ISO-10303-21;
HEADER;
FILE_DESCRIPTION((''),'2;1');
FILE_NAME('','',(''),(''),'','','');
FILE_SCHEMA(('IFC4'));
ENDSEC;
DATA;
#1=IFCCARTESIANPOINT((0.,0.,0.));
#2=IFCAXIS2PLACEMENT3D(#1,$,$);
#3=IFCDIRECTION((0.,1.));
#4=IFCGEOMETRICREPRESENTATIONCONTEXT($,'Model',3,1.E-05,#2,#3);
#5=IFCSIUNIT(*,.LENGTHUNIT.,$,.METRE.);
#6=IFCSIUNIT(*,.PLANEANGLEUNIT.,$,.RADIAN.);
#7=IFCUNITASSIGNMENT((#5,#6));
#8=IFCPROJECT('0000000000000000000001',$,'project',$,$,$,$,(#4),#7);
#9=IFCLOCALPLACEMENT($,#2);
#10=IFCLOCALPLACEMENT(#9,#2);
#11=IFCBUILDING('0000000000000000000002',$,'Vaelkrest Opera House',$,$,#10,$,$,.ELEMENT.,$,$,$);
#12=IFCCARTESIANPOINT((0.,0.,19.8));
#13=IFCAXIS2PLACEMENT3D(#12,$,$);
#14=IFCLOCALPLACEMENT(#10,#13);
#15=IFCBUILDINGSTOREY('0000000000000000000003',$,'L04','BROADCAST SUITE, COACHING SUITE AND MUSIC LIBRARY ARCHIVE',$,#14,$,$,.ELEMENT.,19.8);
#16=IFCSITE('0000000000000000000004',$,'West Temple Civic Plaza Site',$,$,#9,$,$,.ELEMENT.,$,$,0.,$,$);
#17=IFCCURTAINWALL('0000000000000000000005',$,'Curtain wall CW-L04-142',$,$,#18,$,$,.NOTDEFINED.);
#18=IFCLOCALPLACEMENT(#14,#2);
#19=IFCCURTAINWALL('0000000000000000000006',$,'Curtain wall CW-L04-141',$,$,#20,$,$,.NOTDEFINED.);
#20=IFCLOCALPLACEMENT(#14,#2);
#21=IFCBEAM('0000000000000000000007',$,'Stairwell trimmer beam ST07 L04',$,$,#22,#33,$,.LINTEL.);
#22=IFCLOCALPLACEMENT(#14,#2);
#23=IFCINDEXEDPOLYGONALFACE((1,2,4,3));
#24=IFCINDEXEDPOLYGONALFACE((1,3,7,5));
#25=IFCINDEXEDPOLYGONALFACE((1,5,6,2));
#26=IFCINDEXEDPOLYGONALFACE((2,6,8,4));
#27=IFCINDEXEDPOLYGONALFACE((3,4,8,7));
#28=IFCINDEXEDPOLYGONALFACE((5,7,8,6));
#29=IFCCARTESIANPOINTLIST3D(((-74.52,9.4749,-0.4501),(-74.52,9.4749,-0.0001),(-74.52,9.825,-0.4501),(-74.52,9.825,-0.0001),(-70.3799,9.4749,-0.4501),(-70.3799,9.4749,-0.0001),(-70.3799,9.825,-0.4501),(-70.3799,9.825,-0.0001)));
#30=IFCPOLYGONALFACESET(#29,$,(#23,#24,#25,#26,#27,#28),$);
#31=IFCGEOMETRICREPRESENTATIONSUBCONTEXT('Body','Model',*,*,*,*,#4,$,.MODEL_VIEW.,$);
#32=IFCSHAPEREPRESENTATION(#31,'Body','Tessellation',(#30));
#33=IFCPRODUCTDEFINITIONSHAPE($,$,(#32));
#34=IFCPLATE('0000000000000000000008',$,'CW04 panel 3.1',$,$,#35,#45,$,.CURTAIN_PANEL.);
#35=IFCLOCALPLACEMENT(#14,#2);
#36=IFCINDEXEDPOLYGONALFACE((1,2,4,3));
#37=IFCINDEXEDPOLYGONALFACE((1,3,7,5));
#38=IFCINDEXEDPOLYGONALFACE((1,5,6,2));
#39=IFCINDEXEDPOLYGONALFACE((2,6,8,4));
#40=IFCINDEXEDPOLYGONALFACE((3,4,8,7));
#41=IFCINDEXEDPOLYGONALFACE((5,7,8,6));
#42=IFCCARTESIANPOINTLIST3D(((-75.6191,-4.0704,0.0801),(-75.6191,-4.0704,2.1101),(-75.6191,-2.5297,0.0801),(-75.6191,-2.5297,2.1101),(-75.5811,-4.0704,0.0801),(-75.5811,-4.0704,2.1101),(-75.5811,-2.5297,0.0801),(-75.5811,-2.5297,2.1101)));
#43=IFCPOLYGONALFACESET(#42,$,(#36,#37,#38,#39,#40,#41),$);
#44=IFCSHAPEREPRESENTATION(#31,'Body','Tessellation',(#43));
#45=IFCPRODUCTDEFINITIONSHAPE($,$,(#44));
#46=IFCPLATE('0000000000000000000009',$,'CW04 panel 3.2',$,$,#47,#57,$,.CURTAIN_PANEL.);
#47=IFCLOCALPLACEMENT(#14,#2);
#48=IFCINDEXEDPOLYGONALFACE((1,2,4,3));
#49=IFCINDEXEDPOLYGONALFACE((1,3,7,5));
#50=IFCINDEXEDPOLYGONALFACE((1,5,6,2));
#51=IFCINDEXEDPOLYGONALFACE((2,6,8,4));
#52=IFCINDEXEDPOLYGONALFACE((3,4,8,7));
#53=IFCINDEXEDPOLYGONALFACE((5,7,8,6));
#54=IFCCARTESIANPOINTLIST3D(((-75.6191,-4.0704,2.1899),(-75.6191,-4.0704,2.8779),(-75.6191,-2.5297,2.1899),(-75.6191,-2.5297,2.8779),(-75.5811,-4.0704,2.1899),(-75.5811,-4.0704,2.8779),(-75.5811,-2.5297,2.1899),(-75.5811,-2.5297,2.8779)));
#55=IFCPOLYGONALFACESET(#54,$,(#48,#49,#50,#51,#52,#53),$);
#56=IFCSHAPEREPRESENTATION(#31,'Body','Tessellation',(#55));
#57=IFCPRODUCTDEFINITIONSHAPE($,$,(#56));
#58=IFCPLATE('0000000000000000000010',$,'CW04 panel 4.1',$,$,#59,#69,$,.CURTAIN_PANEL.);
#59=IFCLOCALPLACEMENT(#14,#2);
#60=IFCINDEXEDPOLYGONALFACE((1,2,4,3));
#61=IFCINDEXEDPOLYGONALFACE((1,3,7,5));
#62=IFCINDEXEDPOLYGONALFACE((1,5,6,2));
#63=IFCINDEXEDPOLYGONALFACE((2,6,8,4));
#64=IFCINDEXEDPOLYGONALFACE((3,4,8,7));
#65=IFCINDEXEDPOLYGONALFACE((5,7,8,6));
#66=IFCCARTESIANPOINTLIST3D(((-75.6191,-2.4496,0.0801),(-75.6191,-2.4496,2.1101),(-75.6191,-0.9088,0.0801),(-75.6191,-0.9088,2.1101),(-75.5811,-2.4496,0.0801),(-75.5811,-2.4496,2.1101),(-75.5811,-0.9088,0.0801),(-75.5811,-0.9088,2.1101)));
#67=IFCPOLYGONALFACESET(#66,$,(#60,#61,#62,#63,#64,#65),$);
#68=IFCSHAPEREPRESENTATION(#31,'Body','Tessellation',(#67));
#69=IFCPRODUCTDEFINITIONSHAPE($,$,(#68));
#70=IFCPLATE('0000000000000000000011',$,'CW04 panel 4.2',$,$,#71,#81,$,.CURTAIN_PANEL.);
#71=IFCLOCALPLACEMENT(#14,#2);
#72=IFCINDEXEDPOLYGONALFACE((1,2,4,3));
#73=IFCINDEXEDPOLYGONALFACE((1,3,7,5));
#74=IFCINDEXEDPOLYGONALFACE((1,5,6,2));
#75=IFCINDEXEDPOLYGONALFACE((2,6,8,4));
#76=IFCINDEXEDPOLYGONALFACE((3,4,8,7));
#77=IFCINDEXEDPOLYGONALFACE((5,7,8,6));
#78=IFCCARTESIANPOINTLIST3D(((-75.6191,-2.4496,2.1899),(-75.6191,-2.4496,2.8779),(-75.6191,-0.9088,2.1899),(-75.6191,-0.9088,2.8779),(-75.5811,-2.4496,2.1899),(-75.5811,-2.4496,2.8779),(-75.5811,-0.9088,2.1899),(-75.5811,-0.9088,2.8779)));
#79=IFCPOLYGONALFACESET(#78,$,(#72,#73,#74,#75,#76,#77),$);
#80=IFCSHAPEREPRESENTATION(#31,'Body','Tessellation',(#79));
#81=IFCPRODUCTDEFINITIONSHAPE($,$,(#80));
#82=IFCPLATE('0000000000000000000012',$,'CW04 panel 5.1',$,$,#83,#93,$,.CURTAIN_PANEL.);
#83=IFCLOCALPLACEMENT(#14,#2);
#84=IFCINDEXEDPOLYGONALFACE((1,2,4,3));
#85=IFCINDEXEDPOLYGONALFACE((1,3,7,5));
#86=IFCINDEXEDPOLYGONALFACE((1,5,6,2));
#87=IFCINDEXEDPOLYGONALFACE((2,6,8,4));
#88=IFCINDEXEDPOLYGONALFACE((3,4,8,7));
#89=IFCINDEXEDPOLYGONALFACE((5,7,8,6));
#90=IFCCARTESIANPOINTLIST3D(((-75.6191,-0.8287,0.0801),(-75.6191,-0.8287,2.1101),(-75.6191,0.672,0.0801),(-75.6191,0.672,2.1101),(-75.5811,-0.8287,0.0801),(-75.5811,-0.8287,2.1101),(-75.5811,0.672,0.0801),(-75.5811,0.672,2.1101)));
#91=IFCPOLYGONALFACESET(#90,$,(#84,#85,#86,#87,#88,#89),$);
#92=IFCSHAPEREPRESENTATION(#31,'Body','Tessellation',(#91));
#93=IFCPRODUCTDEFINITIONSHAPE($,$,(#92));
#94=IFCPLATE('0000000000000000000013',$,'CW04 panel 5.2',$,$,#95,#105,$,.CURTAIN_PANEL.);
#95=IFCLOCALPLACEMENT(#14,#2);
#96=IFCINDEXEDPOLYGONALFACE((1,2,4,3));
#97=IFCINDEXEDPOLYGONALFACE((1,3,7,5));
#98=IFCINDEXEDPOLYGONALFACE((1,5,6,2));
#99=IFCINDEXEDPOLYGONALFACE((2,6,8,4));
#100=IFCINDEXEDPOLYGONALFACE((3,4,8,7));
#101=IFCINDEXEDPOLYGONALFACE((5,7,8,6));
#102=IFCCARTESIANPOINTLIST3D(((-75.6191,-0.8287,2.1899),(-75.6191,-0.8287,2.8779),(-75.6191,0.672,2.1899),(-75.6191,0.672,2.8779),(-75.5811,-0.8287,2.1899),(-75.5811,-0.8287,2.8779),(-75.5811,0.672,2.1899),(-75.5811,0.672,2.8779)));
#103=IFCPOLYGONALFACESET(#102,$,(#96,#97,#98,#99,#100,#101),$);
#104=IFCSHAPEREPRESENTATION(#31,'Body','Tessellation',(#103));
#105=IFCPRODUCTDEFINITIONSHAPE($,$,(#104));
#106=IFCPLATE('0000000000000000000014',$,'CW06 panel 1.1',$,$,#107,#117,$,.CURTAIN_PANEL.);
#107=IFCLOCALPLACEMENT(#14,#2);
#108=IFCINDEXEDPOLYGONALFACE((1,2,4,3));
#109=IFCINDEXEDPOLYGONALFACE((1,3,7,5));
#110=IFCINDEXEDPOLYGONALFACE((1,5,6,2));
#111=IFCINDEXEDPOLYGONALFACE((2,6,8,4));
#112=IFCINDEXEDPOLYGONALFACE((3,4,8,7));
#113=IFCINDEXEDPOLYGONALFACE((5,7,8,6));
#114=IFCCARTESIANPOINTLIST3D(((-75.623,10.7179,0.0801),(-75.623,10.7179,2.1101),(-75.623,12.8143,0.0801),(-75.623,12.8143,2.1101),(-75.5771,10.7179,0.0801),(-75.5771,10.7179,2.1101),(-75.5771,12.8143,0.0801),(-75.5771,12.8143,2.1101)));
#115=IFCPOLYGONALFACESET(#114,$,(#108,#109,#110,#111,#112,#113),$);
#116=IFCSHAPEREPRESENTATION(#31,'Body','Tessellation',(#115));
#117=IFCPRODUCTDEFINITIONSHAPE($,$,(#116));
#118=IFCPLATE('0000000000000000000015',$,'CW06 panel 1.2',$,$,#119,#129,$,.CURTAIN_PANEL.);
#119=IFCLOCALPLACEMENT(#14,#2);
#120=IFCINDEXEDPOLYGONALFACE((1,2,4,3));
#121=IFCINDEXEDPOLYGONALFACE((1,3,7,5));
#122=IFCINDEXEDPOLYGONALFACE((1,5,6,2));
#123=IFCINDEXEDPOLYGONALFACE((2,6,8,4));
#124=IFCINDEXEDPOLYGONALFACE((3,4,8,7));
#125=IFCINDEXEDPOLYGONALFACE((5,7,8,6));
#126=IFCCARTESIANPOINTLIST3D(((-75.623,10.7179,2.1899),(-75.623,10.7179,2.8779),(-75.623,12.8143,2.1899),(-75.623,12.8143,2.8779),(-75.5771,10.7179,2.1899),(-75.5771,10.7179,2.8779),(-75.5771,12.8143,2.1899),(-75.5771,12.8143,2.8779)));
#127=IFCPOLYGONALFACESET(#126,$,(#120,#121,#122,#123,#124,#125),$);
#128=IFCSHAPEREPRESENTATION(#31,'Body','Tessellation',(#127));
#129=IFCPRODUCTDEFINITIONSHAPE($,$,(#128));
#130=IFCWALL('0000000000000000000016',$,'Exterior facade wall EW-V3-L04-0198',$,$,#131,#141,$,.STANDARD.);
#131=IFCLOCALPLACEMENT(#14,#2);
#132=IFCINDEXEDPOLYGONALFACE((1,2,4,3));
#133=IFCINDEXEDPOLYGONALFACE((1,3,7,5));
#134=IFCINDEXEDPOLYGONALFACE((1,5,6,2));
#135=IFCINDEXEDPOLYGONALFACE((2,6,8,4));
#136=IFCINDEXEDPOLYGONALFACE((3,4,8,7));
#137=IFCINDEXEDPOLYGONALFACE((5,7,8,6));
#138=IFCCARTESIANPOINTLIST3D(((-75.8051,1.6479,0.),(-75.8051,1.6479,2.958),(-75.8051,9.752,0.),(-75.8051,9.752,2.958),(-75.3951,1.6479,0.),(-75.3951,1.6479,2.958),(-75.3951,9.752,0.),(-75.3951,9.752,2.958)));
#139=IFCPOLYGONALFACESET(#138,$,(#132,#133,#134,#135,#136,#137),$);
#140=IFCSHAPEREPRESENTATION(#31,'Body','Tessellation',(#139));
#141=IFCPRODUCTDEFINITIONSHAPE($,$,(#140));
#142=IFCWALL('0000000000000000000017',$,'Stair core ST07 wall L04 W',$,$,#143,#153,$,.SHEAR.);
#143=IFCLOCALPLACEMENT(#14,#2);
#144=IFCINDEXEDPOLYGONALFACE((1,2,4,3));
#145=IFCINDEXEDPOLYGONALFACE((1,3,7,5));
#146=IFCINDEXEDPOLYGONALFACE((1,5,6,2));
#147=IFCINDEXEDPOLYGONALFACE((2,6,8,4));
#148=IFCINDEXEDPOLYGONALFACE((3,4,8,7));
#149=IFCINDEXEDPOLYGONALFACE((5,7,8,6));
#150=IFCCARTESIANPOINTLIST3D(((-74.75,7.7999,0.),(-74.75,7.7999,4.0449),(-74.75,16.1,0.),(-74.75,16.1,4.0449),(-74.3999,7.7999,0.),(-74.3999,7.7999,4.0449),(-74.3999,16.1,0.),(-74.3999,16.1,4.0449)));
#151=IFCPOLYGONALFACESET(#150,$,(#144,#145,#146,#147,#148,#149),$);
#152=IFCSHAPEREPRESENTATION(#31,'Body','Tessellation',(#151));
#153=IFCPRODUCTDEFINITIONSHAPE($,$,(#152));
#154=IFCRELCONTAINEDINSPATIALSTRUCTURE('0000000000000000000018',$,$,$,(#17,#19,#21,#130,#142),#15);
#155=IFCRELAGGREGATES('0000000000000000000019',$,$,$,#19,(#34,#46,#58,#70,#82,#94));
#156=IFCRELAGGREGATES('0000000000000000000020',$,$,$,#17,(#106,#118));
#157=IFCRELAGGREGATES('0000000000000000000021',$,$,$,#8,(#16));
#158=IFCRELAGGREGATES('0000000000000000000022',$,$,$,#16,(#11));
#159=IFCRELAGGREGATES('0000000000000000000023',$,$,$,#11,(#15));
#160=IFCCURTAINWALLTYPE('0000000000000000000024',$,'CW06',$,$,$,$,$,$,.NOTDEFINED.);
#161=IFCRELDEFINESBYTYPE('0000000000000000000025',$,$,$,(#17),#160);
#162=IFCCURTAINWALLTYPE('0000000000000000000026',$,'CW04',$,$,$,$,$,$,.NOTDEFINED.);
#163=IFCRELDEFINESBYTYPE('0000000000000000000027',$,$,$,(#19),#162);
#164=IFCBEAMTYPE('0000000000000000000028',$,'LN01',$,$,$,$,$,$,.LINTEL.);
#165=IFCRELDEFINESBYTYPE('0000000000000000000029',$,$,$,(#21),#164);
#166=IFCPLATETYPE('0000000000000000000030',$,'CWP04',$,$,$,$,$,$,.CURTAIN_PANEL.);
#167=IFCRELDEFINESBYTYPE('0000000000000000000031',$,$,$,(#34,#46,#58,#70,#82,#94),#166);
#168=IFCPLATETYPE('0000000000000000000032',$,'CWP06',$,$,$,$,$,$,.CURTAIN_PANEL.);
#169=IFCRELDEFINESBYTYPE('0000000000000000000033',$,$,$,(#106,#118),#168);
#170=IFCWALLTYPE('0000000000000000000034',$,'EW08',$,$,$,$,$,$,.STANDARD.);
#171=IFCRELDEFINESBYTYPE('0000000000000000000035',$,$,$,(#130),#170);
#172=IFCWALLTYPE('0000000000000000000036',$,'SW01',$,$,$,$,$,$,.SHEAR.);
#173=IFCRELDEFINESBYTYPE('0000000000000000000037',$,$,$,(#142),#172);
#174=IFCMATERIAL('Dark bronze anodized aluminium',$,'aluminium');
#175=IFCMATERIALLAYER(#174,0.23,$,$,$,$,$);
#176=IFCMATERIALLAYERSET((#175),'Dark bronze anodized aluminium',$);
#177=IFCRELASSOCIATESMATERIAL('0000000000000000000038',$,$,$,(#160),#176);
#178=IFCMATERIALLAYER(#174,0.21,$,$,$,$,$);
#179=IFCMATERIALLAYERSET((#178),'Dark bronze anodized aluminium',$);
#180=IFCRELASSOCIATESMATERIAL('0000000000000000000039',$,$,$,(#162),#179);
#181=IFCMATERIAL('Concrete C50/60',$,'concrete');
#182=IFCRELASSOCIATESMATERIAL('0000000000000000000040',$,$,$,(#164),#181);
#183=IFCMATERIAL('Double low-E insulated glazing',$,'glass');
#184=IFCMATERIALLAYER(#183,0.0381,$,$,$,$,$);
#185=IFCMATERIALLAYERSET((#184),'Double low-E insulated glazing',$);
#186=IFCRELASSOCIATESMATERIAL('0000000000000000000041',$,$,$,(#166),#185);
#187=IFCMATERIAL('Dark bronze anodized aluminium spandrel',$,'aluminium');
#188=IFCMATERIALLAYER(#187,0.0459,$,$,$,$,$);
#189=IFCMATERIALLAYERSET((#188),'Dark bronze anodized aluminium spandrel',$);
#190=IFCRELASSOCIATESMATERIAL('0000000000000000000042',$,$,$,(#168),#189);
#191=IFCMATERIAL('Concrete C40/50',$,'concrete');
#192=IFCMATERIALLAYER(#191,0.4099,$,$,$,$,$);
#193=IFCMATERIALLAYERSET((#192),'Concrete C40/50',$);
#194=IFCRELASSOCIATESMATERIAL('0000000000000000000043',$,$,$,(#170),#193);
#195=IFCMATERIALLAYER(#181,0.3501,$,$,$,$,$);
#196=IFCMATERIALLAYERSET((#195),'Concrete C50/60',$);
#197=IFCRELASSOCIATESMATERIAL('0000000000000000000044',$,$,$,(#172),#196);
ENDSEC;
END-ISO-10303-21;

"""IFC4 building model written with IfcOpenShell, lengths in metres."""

from ifc_helpers import new_model, si_unit, direction, frame, frame_2d, origin, origin_2d, place, context, subcontext, project, spatial, rectangle, extrude, material, layer, layer_set, material_profile, profile_set, type_object, element, aggregate, save


model = new_model("IFC4")

# Units and contexts
model_context = context("Model", 3, precision=1e-05, world=origin(), true_north=direction((0.0, 1.0)))
body_context = subcontext(model_context, "Body", "Model", "MODEL_VIEW")
ifc_project = project(units=[si_unit("LENGTHUNIT", "METRE"), si_unit("PLANEANGLEUNIT", "RADIAN")], contexts=[model_context])

# Site, building, storey
site_placement = place(None, origin())
site = spatial("IfcSite", under=ifc_project, at=site_placement, Name="West Temple Civic Plaza Site", CompositionType="ELEMENT", RefElevation=0.0)
building_placement = place(site_placement, origin())
building = spatial("IfcBuilding", under=site, at=building_placement, Name="Vaelkrest Opera House", CompositionType="ELEMENT")
storey_placement = place(building_placement, frame((0.0, 0.0, 19.8)))
storey = spatial("IfcBuildingStorey", under=building, at=storey_placement, Name="L04", Description="BROADCAST SUITE, COACHING SUITE AND MUSIC LIBRARY ARCHIVE", CompositionType="ELEMENT", Elevation=19.8)

# Shared definitions
ifc_material_1 = material(Name="Concrete C50/60", Category="concrete")

# Curtain walls
ifc_material_2 = material(Name="Dark bronze anodized aluminium", Category="aluminium")
ifc_layer_1 = layer(ifc_material_2, 0.23)
ifc_layer_set_1 = layer_set([ifc_layer_1], Name="Dark bronze anodized aluminium")
curtain_wall_type_1 = type_object("IfcCurtainWallType", Name="CW06", PredefinedType="NOTDEFINED", material=ifc_layer_set_1)
curtain_wall_1_placement = place(storey_placement, origin())
curtain_wall_1 = element("IfcCurtainWall", 1, at=curtain_wall_1_placement, inside=storey, type_object=curtain_wall_type_1, Name="Curtain wall CW-L04-142", PredefinedType="NOTDEFINED")
ifc_layer_2 = layer(ifc_material_2, 0.21)
ifc_layer_set_2 = layer_set([ifc_layer_2], Name="Dark bronze anodized aluminium")
curtain_wall_type_2 = type_object("IfcCurtainWallType", Name="CW04", PredefinedType="NOTDEFINED", material=ifc_layer_set_2)
curtain_wall_2_placement = place(storey_placement, origin())
curtain_wall_2 = element("IfcCurtainWall", 2, at=curtain_wall_2_placement, inside=storey, type_object=curtain_wall_type_2, Name="Curtain wall CW-L04-141", PredefinedType="NOTDEFINED")

# Beam
ifc_material_profile_1 = material_profile(ifc_material_1, rectangle(XDim=0.3501, YDim=0.45, at=origin_2d()), Name="RCB350X450")
ifc_profile_set_1 = profile_set([ifc_material_profile_1], Name="Concrete C50/60")
beam_type = type_object("IfcBeamType", Name="LN01", PredefinedType="LINTEL", material=ifc_profile_set_1)
beam_placement = place(storey_placement, frame((-74.52, 9.6499, -0.2251), z_axis=(1.0, 0.0, 0.0), x_axis=(0.0, 1.0, 0.0)))
element("IfcBeam", 3, at=beam_placement, inside=storey, type_object=beam_type, Name="Stairwell trimmer beam ST07 L04", PredefinedType="LINTEL", context=body_context, shape_type="SweptSolid", body=[
    extrude(rectangle(XDim=0.3501, YDim=0.45, at=origin_2d()), origin(), (0.0, 0.0, 1.0), 4.1401),
])

# Plates
ifc_material_3 = material(Name="Double low-E insulated glazing", Category="glass")
ifc_layer_3 = layer(ifc_material_3, 0.0381)
ifc_layer_set_3 = layer_set([ifc_layer_3], Name="Double low-E insulated glazing")
plate_type_1 = type_object("IfcPlateType", Name="CWP04", PredefinedType="CURTAIN_PANEL", material=ifc_layer_set_3)
plate_1_placement = place(storey_placement, frame((-75.6001, -3.3, 0.0801), z_axis=(0.0, 0.0, 1.0), x_axis=(0.0, 1.0, 0.0)))
plate_1 = element("IfcPlate", 4, at=plate_1_placement, type_object=plate_type_1, Name="CW04 panel 3.1", PredefinedType="CURTAIN_PANEL", context=body_context, shape_type="SweptSolid", body=[
    extrude(rectangle(XDim=1.5408, YDim=0.0381, at=origin_2d()), origin(), (0.0, 0.0, 1.0), 2.03),
])
plate_2_placement = place(storey_placement, frame((-75.6001, -3.3, 2.1899), z_axis=(0.0, 0.0, 1.0), x_axis=(0.0, 1.0, 0.0)))
plate_2 = element("IfcPlate", 5, at=plate_2_placement, type_object=plate_type_1, Name="CW04 panel 3.2", PredefinedType="CURTAIN_PANEL", context=body_context, shape_type="SweptSolid", body=[
    extrude(rectangle(XDim=1.5408, YDim=0.0381, at=origin_2d()), origin(), (0.0, 0.0, 1.0), 0.688),
])
plate_3_placement = place(storey_placement, frame((-75.6001, -1.6792, 0.0801), z_axis=(0.0, 0.0, 1.0), x_axis=(0.0, 1.0, 0.0)))
plate_3 = element("IfcPlate", 6, at=plate_3_placement, type_object=plate_type_1, Name="CW04 panel 4.1", PredefinedType="CURTAIN_PANEL", context=body_context, shape_type="SweptSolid", body=[
    extrude(rectangle(XDim=1.5408, YDim=0.0381, at=origin_2d()), origin(), (0.0, 0.0, 1.0), 2.03),
])
plate_4_placement = place(storey_placement, frame((-75.6001, -1.6792, 2.1899), z_axis=(0.0, 0.0, 1.0), x_axis=(0.0, 1.0, 0.0)))
plate_4 = element("IfcPlate", 7, at=plate_4_placement, type_object=plate_type_1, Name="CW04 panel 4.2", PredefinedType="CURTAIN_PANEL", context=body_context, shape_type="SweptSolid", body=[
    extrude(rectangle(XDim=1.5408, YDim=0.0381, at=origin_2d()), origin(), (0.0, 0.0, 1.0), 0.688),
])
plate_5_placement = place(storey_placement, frame((-75.6001, -0.0784, 0.0801), z_axis=(0.0, 0.0, 1.0), x_axis=(0.0, 1.0, 0.0)))
plate_5 = element("IfcPlate", 8, at=plate_5_placement, type_object=plate_type_1, Name="CW04 panel 5.1", PredefinedType="CURTAIN_PANEL", context=body_context, shape_type="SweptSolid", body=[
    extrude(rectangle(XDim=1.5007, YDim=0.0381, at=origin_2d()), origin(), (0.0, 0.0, 1.0), 2.03),
])
plate_6_placement = place(storey_placement, frame((-75.6001, -0.0784, 2.1899), z_axis=(0.0, 0.0, 1.0), x_axis=(0.0, 1.0, 0.0)))
plate_6 = element("IfcPlate", 9, at=plate_6_placement, type_object=plate_type_1, Name="CW04 panel 5.2", PredefinedType="CURTAIN_PANEL", context=body_context, shape_type="SweptSolid", body=[
    extrude(rectangle(XDim=1.5007, YDim=0.0381, at=origin_2d()), origin(), (0.0, 0.0, 1.0), 0.688),
])
aggregate(curtain_wall_2, [plate_1, plate_2, plate_3, plate_4, plate_5, plate_6])
ifc_material_4 = material(Name="Dark bronze anodized aluminium spandrel", Category="aluminium")
ifc_layer_4 = layer(ifc_material_4, 0.0459)
ifc_layer_set_4 = layer_set([ifc_layer_4], Name="Dark bronze anodized aluminium spandrel")
plate_type_2 = type_object("IfcPlateType", Name="CWP06", PredefinedType="CURTAIN_PANEL", material=ifc_layer_set_4)
plate_7_placement = place(storey_placement, frame((-75.6001, 11.7661, 0.0801), z_axis=(0.0, 0.0, 1.0), x_axis=(0.0, 1.0, 0.0)))
plate_7 = element("IfcPlate", 10, at=plate_7_placement, type_object=plate_type_2, Name="CW06 panel 1.1", PredefinedType="CURTAIN_PANEL", context=body_context, shape_type="SweptSolid", body=[
    extrude(rectangle(XDim=2.0964, YDim=0.0459, at=origin_2d()), origin(), (0.0, 0.0, 1.0), 2.03),
])
plate_8_placement = place(storey_placement, frame((-75.6001, 11.7661, 2.1899), z_axis=(0.0, 0.0, 1.0), x_axis=(0.0, 1.0, 0.0)))
plate_8 = element("IfcPlate", 11, at=plate_8_placement, type_object=plate_type_2, Name="CW06 panel 1.2", PredefinedType="CURTAIN_PANEL", context=body_context, shape_type="SweptSolid", body=[
    extrude(rectangle(XDim=2.0964, YDim=0.0459, at=origin_2d()), origin(), (0.0, 0.0, 1.0), 0.688),
])
aggregate(curtain_wall_1, [plate_7, plate_8])

# Wall
ifc_material_5 = material(Name="Concrete C40/50", Category="concrete")
ifc_layer_5 = layer(ifc_material_5, 0.4099)
ifc_layer_set_5 = layer_set([ifc_layer_5], Name="Concrete C40/50")
wall_type_1 = type_object("IfcWallType", Name="EW08", PredefinedType="STANDARD", material=ifc_layer_set_5)
wall_1_placement = place(storey_placement, frame((-75.6001, 1.6479, 0.0), z_axis=(0.0, 0.0, 1.0), x_axis=(0.0, 1.0, 0.0)))
element("IfcWall", 12, at=wall_1_placement, inside=storey, type_object=wall_type_1, Name="Exterior facade wall EW-V3-L04-0198", PredefinedType="STANDARD", context=body_context, shape_type="SweptSolid", body=[
    extrude(rectangle(XDim=8.104, YDim=0.4099, at=frame_2d((4.052, 0.0))), origin(), (0.0, 0.0, 1.0), 2.958),
])

# Shared definitions
ifc_layer_6 = layer(ifc_material_1, 0.3501)
ifc_layer_set_6 = layer_set([ifc_layer_6], Name="Concrete C50/60")
wall_type_2 = type_object("IfcWallType", Name="SW01", PredefinedType="SHEAR", material=ifc_layer_set_6)

# Wall
wall_2_placement = place(storey_placement, frame((-74.575, 7.8, 0.0), z_axis=(0.0, 0.0, 1.0), x_axis=(0.0, 1.0, 0.0)))
element("IfcWall", 13, at=wall_2_placement, inside=storey, type_object=wall_type_2, Name="Stair core ST07 wall L04 W", PredefinedType="SHEAR", context=body_context, shape_type="SweptSolid", body=[
    extrude(rectangle(XDim=8.3, YDim=0.3501, at=frame_2d((4.1499, 0.0))), origin(), (0.0, 0.0, 1.0), 4.0449),
])

save(model, "model.ifc")
